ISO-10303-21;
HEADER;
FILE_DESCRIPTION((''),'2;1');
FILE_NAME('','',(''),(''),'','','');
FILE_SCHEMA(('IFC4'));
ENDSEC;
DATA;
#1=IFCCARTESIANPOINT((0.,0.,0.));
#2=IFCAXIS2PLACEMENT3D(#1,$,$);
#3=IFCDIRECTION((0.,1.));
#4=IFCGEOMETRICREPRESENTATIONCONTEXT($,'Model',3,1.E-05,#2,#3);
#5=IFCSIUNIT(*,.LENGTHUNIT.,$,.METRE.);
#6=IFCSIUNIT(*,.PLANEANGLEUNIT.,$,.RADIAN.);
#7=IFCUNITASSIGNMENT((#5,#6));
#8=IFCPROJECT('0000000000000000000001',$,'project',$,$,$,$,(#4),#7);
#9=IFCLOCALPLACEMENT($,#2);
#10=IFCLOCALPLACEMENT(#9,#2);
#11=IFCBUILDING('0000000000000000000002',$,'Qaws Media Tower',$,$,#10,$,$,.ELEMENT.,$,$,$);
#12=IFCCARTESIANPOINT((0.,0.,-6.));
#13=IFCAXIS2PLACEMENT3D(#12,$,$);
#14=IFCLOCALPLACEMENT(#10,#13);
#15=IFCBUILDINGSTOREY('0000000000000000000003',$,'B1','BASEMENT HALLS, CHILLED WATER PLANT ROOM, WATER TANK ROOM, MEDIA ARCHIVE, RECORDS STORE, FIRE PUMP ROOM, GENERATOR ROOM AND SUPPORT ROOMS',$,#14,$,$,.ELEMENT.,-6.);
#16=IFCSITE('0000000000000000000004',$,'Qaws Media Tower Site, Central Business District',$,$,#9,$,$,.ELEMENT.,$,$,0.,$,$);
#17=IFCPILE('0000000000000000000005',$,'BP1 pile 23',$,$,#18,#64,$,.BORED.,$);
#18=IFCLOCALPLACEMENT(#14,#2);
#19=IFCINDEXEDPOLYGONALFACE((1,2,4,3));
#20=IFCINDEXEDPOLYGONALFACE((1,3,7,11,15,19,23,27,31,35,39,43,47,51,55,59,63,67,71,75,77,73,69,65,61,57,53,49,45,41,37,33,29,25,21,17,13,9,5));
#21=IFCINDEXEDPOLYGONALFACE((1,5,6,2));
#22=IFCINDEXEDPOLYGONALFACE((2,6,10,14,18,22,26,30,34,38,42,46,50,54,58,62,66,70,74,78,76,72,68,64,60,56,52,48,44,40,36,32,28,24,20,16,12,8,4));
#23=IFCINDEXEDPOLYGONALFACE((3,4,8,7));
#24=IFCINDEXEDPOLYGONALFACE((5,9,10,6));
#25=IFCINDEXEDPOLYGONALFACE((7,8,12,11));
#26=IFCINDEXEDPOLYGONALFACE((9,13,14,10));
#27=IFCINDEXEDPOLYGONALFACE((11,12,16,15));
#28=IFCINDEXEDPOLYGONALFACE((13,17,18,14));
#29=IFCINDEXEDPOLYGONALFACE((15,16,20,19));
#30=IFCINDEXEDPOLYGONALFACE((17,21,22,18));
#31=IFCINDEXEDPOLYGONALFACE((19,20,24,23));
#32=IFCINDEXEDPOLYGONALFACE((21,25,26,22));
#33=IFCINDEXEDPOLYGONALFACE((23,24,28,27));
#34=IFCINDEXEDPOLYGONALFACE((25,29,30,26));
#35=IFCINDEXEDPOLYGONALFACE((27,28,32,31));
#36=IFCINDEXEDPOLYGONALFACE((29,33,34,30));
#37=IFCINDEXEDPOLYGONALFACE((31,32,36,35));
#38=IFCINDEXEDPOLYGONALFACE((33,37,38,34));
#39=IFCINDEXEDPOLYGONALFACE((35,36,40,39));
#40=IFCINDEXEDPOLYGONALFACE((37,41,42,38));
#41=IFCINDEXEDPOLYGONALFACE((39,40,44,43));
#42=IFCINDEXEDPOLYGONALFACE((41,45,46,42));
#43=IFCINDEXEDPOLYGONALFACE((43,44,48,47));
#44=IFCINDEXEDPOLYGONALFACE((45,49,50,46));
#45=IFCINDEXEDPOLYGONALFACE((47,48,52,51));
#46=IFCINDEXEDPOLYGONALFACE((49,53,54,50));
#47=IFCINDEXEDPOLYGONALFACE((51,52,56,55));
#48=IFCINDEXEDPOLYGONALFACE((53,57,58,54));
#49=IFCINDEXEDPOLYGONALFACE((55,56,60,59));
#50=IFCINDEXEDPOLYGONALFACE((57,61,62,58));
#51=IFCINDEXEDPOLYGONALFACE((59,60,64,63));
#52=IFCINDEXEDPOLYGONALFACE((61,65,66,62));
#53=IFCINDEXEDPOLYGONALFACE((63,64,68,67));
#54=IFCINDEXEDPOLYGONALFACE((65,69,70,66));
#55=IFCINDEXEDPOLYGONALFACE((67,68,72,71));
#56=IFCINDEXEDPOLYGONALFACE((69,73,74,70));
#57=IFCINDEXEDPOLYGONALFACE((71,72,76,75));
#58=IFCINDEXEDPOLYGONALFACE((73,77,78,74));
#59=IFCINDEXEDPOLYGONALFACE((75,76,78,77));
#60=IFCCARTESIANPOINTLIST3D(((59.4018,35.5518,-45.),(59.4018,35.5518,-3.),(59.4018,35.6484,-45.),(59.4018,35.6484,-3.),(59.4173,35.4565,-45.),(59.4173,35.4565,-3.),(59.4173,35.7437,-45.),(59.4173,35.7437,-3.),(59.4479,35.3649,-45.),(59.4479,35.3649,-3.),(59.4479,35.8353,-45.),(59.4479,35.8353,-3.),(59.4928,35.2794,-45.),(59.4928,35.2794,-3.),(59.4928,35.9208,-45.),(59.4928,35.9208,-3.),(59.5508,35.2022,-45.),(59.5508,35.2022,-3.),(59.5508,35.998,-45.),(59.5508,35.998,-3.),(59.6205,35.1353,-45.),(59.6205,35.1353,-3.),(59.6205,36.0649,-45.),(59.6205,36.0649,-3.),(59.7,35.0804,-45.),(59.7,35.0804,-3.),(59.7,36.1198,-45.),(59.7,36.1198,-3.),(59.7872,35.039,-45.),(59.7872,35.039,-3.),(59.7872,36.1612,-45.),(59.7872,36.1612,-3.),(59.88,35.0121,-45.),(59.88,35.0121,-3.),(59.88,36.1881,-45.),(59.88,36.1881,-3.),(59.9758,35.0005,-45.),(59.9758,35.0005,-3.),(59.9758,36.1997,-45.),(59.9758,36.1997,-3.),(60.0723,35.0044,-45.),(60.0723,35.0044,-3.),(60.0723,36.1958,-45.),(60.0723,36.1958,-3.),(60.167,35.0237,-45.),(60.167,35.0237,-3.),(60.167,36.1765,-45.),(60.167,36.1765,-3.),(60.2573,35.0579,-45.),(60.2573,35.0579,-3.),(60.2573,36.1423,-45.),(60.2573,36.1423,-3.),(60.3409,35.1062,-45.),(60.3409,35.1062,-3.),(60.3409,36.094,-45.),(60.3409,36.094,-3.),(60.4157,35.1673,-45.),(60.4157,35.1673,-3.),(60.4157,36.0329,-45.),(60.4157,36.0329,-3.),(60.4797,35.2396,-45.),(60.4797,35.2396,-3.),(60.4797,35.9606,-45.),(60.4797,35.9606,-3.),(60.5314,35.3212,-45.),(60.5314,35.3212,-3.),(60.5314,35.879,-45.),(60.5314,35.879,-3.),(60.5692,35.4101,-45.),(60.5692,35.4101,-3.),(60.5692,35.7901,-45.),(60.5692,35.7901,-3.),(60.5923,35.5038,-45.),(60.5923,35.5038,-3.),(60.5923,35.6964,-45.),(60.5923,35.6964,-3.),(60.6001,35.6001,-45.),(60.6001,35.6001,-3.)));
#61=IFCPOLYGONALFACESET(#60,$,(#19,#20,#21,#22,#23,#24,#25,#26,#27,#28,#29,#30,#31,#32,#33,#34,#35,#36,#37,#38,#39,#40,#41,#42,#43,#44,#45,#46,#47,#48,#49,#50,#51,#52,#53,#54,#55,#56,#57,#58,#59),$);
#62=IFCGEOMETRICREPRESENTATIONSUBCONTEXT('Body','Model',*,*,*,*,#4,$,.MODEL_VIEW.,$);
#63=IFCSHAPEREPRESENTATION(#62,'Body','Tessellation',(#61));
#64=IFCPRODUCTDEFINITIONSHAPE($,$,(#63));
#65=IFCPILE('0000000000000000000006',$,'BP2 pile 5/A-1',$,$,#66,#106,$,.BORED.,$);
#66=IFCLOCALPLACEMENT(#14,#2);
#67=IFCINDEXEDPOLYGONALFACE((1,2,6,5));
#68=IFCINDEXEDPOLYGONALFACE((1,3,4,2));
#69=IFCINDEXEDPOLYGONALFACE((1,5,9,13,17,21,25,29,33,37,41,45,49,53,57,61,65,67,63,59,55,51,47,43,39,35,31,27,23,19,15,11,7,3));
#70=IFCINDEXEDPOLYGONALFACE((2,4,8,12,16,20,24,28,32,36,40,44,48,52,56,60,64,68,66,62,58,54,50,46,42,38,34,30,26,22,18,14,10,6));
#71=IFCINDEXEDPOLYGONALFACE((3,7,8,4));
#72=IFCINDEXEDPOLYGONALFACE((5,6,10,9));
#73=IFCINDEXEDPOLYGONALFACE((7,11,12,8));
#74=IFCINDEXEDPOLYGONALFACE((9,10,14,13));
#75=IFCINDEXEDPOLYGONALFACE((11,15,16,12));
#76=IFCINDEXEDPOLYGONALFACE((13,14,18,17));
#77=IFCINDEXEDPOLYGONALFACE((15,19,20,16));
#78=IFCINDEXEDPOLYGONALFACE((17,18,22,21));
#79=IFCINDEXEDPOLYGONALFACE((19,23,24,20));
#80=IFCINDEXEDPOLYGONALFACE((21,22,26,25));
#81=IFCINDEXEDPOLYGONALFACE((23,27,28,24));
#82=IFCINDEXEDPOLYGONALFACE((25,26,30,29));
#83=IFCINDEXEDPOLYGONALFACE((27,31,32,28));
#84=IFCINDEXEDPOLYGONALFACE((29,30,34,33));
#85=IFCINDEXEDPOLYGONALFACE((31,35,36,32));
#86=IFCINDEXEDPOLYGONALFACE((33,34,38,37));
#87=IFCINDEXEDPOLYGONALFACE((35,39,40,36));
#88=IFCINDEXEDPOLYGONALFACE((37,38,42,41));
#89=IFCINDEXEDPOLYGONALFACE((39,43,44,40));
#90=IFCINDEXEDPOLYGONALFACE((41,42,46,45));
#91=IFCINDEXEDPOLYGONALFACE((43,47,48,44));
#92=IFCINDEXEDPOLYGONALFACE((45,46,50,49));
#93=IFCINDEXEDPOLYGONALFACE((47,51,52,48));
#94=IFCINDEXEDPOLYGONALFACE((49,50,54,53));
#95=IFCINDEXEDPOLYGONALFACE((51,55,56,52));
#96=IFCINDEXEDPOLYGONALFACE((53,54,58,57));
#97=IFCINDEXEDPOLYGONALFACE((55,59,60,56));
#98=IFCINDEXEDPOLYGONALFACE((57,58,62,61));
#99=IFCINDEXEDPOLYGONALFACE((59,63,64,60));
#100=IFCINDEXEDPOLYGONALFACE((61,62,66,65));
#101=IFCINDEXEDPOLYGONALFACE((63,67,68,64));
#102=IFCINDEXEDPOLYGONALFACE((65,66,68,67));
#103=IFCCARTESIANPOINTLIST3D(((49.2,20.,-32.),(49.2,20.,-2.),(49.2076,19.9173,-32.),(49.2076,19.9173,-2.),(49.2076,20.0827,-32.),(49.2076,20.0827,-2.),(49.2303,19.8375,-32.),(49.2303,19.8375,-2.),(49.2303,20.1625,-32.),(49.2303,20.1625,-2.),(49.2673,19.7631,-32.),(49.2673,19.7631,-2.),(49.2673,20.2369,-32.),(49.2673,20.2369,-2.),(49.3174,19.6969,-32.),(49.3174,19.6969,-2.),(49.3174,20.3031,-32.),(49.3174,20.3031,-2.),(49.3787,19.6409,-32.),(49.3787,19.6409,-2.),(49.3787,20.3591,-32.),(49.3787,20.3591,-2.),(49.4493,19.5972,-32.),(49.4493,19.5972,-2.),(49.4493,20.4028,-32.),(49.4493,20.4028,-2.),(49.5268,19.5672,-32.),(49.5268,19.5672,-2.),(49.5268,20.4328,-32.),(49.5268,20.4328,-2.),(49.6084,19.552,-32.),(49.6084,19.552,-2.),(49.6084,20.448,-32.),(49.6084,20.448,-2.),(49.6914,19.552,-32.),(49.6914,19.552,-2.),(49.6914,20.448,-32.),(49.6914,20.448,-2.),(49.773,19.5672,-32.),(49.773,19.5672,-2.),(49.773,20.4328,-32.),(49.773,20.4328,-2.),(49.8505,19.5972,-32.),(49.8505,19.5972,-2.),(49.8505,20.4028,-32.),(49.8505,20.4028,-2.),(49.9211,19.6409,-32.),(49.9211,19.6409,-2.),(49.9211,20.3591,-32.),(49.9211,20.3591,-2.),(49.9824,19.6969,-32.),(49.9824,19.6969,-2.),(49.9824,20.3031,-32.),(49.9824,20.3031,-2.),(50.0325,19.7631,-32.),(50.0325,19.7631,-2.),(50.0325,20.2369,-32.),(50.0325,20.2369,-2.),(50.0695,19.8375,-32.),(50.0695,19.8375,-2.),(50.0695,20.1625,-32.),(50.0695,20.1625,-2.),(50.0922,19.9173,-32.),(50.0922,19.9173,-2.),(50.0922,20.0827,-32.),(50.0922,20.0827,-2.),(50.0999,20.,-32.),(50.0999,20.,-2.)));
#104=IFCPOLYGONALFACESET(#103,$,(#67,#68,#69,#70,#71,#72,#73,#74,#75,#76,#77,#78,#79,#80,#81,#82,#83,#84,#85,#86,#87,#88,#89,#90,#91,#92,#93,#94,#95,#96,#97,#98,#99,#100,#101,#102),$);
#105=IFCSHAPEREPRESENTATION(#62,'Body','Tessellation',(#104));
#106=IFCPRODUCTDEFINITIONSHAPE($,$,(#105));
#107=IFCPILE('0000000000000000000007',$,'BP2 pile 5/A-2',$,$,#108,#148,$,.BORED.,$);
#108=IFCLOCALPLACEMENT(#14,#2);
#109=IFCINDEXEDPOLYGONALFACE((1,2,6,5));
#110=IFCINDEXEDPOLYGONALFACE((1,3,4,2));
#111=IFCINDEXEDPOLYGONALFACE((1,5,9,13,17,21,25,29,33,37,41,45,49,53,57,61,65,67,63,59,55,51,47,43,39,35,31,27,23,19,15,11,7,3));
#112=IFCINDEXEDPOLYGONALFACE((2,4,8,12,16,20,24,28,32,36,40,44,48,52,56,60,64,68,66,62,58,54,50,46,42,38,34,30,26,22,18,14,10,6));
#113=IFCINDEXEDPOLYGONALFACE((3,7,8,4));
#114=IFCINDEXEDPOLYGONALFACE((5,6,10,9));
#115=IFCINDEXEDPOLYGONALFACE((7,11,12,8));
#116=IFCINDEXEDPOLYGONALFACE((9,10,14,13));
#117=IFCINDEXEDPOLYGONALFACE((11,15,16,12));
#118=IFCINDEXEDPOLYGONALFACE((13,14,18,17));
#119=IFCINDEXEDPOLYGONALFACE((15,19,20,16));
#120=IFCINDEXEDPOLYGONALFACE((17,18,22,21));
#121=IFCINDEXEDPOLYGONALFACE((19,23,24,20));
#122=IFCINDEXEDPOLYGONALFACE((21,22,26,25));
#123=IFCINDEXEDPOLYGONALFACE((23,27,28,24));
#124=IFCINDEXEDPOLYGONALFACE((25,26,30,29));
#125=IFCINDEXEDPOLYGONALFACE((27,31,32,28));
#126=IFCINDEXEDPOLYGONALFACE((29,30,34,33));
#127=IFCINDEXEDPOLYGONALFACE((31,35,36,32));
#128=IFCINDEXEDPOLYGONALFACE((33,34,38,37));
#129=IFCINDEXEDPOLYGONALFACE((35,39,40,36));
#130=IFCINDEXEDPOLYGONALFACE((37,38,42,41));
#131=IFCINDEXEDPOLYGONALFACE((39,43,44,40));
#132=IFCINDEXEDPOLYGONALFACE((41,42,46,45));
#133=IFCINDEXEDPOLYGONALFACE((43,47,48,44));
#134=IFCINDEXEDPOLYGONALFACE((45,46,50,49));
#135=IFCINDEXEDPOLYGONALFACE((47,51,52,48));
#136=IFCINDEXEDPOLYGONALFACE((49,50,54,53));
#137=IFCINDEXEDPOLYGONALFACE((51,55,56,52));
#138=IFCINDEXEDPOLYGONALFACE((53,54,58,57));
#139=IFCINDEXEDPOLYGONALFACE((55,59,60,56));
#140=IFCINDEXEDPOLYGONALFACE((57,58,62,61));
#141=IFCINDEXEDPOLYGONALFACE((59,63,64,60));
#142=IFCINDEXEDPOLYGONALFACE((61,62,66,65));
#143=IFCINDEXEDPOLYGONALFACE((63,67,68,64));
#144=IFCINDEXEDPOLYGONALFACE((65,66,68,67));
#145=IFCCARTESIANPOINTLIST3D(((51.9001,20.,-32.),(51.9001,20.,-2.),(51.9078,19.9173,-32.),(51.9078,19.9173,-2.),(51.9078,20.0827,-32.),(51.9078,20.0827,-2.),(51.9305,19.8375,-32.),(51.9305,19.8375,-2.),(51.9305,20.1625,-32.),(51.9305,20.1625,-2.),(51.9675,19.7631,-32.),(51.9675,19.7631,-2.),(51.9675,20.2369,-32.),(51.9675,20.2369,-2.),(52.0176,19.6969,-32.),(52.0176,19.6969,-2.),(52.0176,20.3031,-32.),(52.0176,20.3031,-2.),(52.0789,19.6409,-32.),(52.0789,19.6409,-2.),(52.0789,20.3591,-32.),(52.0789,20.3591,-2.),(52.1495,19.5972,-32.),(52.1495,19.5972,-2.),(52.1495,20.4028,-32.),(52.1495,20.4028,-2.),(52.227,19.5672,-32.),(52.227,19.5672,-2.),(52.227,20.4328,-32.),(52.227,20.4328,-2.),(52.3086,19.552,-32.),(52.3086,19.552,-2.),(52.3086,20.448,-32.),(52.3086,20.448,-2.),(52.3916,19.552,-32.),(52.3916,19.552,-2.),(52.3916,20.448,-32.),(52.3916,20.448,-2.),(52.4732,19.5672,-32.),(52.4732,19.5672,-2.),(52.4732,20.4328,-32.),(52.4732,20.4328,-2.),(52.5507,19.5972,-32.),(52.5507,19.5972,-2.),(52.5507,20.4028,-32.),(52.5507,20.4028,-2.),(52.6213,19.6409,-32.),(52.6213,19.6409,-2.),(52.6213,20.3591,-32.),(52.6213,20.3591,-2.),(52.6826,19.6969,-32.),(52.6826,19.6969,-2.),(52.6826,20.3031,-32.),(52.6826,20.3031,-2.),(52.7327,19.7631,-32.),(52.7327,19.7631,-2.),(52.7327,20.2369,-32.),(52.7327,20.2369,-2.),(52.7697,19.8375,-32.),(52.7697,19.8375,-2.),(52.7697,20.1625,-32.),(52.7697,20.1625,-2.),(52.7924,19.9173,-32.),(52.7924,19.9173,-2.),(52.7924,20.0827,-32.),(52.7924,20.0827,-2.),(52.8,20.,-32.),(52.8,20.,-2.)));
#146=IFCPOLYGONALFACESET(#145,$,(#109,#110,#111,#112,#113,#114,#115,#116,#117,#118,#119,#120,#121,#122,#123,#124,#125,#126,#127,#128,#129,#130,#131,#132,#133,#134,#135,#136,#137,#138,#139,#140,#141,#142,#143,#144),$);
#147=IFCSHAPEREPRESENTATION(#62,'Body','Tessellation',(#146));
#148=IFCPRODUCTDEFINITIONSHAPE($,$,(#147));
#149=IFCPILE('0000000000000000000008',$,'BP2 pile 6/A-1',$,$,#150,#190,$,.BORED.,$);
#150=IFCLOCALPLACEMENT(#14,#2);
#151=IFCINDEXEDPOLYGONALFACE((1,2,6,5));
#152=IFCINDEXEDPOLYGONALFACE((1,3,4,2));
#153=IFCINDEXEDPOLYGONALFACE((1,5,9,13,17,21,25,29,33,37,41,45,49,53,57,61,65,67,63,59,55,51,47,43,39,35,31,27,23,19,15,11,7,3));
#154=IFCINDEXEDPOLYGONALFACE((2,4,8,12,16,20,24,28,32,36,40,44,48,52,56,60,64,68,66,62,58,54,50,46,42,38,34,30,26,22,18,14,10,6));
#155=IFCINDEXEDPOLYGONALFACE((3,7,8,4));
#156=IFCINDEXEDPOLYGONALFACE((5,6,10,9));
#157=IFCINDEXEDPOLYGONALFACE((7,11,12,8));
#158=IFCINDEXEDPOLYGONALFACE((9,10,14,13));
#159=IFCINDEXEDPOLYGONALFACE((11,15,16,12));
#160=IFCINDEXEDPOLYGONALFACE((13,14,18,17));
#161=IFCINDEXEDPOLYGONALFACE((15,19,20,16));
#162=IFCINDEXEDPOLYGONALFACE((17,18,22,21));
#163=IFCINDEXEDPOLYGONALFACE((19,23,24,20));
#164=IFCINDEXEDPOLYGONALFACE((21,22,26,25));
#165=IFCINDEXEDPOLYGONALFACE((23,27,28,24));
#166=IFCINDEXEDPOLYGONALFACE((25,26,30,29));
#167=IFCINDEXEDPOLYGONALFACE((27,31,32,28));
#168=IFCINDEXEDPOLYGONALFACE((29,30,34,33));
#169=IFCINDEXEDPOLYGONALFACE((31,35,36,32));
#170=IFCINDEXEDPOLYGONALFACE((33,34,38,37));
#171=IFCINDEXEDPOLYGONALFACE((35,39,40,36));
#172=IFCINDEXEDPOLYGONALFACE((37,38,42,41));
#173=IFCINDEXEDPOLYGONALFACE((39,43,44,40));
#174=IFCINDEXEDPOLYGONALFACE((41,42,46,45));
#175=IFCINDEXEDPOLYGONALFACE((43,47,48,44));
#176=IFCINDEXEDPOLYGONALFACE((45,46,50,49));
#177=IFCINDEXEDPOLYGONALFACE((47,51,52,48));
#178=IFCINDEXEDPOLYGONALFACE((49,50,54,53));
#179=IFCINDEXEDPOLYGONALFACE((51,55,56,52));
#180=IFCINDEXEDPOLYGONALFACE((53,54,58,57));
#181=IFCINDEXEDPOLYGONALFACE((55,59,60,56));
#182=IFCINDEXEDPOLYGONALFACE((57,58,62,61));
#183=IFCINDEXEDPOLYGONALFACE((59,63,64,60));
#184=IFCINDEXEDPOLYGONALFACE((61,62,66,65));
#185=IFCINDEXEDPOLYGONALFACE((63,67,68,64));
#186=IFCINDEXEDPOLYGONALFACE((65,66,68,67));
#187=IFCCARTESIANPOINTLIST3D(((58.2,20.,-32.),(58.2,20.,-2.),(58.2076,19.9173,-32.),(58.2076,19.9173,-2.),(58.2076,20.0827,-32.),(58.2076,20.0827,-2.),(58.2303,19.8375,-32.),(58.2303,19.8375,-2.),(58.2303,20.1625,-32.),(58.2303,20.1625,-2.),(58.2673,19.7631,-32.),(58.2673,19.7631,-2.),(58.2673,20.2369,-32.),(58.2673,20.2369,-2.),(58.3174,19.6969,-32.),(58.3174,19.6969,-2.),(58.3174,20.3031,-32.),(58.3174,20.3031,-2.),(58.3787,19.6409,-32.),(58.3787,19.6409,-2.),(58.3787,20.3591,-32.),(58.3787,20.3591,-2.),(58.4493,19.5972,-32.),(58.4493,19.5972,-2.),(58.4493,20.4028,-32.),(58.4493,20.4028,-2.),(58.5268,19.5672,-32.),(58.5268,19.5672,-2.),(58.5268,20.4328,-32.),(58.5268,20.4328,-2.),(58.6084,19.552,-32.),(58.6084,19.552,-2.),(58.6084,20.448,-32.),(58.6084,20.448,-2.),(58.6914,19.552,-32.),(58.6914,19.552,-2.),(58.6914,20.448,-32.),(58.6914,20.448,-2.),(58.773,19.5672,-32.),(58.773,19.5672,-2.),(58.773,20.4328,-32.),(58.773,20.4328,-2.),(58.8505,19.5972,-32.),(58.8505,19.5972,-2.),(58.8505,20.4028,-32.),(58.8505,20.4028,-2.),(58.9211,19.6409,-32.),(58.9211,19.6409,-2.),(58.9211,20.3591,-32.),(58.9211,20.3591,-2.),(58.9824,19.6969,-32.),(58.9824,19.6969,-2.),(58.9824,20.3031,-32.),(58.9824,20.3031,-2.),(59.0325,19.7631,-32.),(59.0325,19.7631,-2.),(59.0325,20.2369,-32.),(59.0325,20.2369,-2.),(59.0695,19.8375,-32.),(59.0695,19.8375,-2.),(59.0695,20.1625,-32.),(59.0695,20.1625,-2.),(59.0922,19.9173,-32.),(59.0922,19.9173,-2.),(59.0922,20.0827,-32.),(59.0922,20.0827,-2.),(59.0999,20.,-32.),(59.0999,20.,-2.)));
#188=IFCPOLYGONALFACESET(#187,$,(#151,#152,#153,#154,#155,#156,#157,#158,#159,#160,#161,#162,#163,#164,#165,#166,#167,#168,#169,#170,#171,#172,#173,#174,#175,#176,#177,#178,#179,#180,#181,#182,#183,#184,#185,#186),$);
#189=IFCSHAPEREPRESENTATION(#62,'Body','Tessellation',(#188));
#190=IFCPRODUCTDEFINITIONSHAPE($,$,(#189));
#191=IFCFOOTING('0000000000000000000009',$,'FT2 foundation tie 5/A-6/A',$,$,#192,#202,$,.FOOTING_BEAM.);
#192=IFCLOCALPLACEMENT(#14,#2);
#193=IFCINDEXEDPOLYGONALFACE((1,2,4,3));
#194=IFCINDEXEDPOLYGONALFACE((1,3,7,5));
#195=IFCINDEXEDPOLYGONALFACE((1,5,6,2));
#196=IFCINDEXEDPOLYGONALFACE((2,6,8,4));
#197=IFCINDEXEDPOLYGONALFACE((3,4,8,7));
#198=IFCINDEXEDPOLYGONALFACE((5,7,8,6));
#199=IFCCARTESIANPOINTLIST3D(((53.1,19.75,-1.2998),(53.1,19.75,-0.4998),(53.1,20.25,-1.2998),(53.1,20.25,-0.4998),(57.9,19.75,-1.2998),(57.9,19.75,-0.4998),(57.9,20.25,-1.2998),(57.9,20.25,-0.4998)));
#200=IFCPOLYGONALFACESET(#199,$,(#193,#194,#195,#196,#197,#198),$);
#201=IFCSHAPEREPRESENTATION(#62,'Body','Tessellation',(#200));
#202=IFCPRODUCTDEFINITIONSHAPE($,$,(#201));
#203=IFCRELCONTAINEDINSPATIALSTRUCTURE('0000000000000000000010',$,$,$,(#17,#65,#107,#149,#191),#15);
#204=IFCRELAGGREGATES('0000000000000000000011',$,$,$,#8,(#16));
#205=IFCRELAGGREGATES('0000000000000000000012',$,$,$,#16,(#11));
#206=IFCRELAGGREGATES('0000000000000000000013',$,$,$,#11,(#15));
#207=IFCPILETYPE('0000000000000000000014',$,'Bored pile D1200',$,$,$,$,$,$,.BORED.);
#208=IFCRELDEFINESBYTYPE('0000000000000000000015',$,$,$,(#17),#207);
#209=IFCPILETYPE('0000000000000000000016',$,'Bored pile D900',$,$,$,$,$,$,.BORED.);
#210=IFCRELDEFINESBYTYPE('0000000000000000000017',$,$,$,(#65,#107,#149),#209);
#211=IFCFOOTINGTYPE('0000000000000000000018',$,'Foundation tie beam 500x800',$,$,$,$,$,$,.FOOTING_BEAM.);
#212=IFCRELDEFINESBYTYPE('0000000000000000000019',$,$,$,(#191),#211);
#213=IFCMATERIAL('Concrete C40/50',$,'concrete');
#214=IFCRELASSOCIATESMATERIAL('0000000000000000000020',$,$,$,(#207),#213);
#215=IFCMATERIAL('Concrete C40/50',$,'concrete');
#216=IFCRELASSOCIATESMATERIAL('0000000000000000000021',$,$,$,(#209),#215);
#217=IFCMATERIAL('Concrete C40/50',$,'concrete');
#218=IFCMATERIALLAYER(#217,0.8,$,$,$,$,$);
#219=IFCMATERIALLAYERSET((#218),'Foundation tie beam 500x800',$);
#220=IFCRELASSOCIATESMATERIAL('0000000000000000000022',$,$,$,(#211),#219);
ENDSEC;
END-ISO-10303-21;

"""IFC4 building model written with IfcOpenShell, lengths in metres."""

from ifc_helpers import new_model, si_unit, direction, frame, origin, origin_2d, place, context, subcontext, project, spatial, rectangle, circle, extrude, material, layer, layer_set, material_profile, profile_set, type_object, element, save


model = new_model("IFC4")

# Units and contexts
model_context = context("Model", 3, precision=1e-05, world=origin(), true_north=direction((0.0, 1.0)))
body_context = subcontext(model_context, "Body", "Model", "MODEL_VIEW")
ifc_project = project(units=[si_unit("LENGTHUNIT", "METRE"), si_unit("PLANEANGLEUNIT", "RADIAN")], contexts=[model_context])

# Site, building, storey
site_placement = place(None, origin())
site = spatial("IfcSite", under=ifc_project, at=site_placement, Name="Qaws Media Tower Site, Central Business District", CompositionType="ELEMENT", RefElevation=0.0)
building_placement = place(site_placement, origin())
building = spatial("IfcBuilding", under=site, at=building_placement, Name="Qaws Media Tower", CompositionType="ELEMENT")
storey_placement = place(building_placement, frame((0.0, 0.0, -6.0)))
storey = spatial("IfcBuildingStorey", under=building, at=storey_placement, Name="B1", Description="BASEMENT HALLS, CHILLED WATER PLANT ROOM, WATER TANK ROOM, MEDIA ARCHIVE, RECORDS STORE, FIRE PUMP ROOM, GENERATOR ROOM AND SUPPORT ROOMS", CompositionType="ELEMENT", Elevation=-6.0)

# Piles
ifc_material_1 = material(Name="Concrete C40/50", Category="concrete")
ifc_material_profile_1 = material_profile(ifc_material_1, circle(Radius=0.6001, at=origin_2d()), Name="D1200")
ifc_profile_set_1 = profile_set([ifc_material_profile_1], Name="Concrete C40/50")
pile_type_1 = type_object("IfcPileType", Name="Bored pile D1200", PredefinedType="BORED", material=ifc_profile_set_1)
for number, where, z_axis, x_axis, name in (
    (1, (60.0, 35.6001, -3.0), (0.0, 0.0, -1.0), (1.0, 0.0, 0.0), "BP1 pile 23"),
):
    element("IfcPile", number, at=place(storey_placement, frame(where, z_axis=z_axis, x_axis=x_axis)), inside=storey, type_object=pile_type_1, Name=name, PredefinedType="BORED", context=body_context, shape_type="SweptSolid", body=[
        extrude(circle(Radius=0.6001, at=origin_2d()), origin(), (0.0, 0.0, 1.0), 42.0),
    ])
ifc_material_2 = material(Name="Concrete C40/50", Category="concrete")
ifc_material_profile_2 = material_profile(ifc_material_2, circle(Radius=0.45, at=origin_2d()), Name="D900")
ifc_profile_set_2 = profile_set([ifc_material_profile_2], Name="Concrete C40/50")
pile_type_2 = type_object("IfcPileType", Name="Bored pile D900", PredefinedType="BORED", material=ifc_profile_set_2)
for number, where, z_axis, x_axis, name in (
    (2, (49.6499, 20.0, -2.0), (0.0, 0.0, -1.0), (1.0, 0.0, 0.0), "BP2 pile 5/A-1"),
    (3, (52.3501, 20.0, -2.0), (0.0, 0.0, -1.0), (1.0, 0.0, 0.0), "BP2 pile 5/A-2"),
    (4, (58.6499, 20.0, -2.0), (0.0, 0.0, -1.0), (1.0, 0.0, 0.0), "BP2 pile 6/A-1"),
):
    element("IfcPile", number, at=place(storey_placement, frame(where, z_axis=z_axis, x_axis=x_axis)), inside=storey, type_object=pile_type_2, Name=name, PredefinedType="BORED", context=body_context, shape_type="SweptSolid", body=[
        extrude(circle(Radius=0.45, at=origin_2d()), origin(), (0.0, 0.0, 1.0), 30.0),
    ])

# Footing
ifc_material_3 = material(Name="Concrete C40/50", Category="concrete")
ifc_layer_1 = layer(ifc_material_3, 0.8)
ifc_layer_set_1 = layer_set([ifc_layer_1], Name="Foundation tie beam 500x800")
footing_type_1 = type_object("IfcFootingType", Name="Foundation tie beam 500x800", PredefinedType="FOOTING_BEAM", material=ifc_layer_set_1)
footing_1_placement = place(storey_placement, frame((55.5, 20.0, -1.2998), z_axis=(0.0, 0.0, 1.0), x_axis=(1.0, 0.0, 0.0)))
element("IfcFooting", 5, at=footing_1_placement, inside=storey, type_object=footing_type_1, Name="FT2 foundation tie 5/A-6/A", PredefinedType="FOOTING_BEAM", context=body_context, shape_type="SweptSolid", body=[
    extrude(rectangle(XDim=4.8, YDim=0.5, at=origin_2d()), origin(), (0.0, 0.0, 1.0), 0.8),
])

save(model, "model.ifc")
